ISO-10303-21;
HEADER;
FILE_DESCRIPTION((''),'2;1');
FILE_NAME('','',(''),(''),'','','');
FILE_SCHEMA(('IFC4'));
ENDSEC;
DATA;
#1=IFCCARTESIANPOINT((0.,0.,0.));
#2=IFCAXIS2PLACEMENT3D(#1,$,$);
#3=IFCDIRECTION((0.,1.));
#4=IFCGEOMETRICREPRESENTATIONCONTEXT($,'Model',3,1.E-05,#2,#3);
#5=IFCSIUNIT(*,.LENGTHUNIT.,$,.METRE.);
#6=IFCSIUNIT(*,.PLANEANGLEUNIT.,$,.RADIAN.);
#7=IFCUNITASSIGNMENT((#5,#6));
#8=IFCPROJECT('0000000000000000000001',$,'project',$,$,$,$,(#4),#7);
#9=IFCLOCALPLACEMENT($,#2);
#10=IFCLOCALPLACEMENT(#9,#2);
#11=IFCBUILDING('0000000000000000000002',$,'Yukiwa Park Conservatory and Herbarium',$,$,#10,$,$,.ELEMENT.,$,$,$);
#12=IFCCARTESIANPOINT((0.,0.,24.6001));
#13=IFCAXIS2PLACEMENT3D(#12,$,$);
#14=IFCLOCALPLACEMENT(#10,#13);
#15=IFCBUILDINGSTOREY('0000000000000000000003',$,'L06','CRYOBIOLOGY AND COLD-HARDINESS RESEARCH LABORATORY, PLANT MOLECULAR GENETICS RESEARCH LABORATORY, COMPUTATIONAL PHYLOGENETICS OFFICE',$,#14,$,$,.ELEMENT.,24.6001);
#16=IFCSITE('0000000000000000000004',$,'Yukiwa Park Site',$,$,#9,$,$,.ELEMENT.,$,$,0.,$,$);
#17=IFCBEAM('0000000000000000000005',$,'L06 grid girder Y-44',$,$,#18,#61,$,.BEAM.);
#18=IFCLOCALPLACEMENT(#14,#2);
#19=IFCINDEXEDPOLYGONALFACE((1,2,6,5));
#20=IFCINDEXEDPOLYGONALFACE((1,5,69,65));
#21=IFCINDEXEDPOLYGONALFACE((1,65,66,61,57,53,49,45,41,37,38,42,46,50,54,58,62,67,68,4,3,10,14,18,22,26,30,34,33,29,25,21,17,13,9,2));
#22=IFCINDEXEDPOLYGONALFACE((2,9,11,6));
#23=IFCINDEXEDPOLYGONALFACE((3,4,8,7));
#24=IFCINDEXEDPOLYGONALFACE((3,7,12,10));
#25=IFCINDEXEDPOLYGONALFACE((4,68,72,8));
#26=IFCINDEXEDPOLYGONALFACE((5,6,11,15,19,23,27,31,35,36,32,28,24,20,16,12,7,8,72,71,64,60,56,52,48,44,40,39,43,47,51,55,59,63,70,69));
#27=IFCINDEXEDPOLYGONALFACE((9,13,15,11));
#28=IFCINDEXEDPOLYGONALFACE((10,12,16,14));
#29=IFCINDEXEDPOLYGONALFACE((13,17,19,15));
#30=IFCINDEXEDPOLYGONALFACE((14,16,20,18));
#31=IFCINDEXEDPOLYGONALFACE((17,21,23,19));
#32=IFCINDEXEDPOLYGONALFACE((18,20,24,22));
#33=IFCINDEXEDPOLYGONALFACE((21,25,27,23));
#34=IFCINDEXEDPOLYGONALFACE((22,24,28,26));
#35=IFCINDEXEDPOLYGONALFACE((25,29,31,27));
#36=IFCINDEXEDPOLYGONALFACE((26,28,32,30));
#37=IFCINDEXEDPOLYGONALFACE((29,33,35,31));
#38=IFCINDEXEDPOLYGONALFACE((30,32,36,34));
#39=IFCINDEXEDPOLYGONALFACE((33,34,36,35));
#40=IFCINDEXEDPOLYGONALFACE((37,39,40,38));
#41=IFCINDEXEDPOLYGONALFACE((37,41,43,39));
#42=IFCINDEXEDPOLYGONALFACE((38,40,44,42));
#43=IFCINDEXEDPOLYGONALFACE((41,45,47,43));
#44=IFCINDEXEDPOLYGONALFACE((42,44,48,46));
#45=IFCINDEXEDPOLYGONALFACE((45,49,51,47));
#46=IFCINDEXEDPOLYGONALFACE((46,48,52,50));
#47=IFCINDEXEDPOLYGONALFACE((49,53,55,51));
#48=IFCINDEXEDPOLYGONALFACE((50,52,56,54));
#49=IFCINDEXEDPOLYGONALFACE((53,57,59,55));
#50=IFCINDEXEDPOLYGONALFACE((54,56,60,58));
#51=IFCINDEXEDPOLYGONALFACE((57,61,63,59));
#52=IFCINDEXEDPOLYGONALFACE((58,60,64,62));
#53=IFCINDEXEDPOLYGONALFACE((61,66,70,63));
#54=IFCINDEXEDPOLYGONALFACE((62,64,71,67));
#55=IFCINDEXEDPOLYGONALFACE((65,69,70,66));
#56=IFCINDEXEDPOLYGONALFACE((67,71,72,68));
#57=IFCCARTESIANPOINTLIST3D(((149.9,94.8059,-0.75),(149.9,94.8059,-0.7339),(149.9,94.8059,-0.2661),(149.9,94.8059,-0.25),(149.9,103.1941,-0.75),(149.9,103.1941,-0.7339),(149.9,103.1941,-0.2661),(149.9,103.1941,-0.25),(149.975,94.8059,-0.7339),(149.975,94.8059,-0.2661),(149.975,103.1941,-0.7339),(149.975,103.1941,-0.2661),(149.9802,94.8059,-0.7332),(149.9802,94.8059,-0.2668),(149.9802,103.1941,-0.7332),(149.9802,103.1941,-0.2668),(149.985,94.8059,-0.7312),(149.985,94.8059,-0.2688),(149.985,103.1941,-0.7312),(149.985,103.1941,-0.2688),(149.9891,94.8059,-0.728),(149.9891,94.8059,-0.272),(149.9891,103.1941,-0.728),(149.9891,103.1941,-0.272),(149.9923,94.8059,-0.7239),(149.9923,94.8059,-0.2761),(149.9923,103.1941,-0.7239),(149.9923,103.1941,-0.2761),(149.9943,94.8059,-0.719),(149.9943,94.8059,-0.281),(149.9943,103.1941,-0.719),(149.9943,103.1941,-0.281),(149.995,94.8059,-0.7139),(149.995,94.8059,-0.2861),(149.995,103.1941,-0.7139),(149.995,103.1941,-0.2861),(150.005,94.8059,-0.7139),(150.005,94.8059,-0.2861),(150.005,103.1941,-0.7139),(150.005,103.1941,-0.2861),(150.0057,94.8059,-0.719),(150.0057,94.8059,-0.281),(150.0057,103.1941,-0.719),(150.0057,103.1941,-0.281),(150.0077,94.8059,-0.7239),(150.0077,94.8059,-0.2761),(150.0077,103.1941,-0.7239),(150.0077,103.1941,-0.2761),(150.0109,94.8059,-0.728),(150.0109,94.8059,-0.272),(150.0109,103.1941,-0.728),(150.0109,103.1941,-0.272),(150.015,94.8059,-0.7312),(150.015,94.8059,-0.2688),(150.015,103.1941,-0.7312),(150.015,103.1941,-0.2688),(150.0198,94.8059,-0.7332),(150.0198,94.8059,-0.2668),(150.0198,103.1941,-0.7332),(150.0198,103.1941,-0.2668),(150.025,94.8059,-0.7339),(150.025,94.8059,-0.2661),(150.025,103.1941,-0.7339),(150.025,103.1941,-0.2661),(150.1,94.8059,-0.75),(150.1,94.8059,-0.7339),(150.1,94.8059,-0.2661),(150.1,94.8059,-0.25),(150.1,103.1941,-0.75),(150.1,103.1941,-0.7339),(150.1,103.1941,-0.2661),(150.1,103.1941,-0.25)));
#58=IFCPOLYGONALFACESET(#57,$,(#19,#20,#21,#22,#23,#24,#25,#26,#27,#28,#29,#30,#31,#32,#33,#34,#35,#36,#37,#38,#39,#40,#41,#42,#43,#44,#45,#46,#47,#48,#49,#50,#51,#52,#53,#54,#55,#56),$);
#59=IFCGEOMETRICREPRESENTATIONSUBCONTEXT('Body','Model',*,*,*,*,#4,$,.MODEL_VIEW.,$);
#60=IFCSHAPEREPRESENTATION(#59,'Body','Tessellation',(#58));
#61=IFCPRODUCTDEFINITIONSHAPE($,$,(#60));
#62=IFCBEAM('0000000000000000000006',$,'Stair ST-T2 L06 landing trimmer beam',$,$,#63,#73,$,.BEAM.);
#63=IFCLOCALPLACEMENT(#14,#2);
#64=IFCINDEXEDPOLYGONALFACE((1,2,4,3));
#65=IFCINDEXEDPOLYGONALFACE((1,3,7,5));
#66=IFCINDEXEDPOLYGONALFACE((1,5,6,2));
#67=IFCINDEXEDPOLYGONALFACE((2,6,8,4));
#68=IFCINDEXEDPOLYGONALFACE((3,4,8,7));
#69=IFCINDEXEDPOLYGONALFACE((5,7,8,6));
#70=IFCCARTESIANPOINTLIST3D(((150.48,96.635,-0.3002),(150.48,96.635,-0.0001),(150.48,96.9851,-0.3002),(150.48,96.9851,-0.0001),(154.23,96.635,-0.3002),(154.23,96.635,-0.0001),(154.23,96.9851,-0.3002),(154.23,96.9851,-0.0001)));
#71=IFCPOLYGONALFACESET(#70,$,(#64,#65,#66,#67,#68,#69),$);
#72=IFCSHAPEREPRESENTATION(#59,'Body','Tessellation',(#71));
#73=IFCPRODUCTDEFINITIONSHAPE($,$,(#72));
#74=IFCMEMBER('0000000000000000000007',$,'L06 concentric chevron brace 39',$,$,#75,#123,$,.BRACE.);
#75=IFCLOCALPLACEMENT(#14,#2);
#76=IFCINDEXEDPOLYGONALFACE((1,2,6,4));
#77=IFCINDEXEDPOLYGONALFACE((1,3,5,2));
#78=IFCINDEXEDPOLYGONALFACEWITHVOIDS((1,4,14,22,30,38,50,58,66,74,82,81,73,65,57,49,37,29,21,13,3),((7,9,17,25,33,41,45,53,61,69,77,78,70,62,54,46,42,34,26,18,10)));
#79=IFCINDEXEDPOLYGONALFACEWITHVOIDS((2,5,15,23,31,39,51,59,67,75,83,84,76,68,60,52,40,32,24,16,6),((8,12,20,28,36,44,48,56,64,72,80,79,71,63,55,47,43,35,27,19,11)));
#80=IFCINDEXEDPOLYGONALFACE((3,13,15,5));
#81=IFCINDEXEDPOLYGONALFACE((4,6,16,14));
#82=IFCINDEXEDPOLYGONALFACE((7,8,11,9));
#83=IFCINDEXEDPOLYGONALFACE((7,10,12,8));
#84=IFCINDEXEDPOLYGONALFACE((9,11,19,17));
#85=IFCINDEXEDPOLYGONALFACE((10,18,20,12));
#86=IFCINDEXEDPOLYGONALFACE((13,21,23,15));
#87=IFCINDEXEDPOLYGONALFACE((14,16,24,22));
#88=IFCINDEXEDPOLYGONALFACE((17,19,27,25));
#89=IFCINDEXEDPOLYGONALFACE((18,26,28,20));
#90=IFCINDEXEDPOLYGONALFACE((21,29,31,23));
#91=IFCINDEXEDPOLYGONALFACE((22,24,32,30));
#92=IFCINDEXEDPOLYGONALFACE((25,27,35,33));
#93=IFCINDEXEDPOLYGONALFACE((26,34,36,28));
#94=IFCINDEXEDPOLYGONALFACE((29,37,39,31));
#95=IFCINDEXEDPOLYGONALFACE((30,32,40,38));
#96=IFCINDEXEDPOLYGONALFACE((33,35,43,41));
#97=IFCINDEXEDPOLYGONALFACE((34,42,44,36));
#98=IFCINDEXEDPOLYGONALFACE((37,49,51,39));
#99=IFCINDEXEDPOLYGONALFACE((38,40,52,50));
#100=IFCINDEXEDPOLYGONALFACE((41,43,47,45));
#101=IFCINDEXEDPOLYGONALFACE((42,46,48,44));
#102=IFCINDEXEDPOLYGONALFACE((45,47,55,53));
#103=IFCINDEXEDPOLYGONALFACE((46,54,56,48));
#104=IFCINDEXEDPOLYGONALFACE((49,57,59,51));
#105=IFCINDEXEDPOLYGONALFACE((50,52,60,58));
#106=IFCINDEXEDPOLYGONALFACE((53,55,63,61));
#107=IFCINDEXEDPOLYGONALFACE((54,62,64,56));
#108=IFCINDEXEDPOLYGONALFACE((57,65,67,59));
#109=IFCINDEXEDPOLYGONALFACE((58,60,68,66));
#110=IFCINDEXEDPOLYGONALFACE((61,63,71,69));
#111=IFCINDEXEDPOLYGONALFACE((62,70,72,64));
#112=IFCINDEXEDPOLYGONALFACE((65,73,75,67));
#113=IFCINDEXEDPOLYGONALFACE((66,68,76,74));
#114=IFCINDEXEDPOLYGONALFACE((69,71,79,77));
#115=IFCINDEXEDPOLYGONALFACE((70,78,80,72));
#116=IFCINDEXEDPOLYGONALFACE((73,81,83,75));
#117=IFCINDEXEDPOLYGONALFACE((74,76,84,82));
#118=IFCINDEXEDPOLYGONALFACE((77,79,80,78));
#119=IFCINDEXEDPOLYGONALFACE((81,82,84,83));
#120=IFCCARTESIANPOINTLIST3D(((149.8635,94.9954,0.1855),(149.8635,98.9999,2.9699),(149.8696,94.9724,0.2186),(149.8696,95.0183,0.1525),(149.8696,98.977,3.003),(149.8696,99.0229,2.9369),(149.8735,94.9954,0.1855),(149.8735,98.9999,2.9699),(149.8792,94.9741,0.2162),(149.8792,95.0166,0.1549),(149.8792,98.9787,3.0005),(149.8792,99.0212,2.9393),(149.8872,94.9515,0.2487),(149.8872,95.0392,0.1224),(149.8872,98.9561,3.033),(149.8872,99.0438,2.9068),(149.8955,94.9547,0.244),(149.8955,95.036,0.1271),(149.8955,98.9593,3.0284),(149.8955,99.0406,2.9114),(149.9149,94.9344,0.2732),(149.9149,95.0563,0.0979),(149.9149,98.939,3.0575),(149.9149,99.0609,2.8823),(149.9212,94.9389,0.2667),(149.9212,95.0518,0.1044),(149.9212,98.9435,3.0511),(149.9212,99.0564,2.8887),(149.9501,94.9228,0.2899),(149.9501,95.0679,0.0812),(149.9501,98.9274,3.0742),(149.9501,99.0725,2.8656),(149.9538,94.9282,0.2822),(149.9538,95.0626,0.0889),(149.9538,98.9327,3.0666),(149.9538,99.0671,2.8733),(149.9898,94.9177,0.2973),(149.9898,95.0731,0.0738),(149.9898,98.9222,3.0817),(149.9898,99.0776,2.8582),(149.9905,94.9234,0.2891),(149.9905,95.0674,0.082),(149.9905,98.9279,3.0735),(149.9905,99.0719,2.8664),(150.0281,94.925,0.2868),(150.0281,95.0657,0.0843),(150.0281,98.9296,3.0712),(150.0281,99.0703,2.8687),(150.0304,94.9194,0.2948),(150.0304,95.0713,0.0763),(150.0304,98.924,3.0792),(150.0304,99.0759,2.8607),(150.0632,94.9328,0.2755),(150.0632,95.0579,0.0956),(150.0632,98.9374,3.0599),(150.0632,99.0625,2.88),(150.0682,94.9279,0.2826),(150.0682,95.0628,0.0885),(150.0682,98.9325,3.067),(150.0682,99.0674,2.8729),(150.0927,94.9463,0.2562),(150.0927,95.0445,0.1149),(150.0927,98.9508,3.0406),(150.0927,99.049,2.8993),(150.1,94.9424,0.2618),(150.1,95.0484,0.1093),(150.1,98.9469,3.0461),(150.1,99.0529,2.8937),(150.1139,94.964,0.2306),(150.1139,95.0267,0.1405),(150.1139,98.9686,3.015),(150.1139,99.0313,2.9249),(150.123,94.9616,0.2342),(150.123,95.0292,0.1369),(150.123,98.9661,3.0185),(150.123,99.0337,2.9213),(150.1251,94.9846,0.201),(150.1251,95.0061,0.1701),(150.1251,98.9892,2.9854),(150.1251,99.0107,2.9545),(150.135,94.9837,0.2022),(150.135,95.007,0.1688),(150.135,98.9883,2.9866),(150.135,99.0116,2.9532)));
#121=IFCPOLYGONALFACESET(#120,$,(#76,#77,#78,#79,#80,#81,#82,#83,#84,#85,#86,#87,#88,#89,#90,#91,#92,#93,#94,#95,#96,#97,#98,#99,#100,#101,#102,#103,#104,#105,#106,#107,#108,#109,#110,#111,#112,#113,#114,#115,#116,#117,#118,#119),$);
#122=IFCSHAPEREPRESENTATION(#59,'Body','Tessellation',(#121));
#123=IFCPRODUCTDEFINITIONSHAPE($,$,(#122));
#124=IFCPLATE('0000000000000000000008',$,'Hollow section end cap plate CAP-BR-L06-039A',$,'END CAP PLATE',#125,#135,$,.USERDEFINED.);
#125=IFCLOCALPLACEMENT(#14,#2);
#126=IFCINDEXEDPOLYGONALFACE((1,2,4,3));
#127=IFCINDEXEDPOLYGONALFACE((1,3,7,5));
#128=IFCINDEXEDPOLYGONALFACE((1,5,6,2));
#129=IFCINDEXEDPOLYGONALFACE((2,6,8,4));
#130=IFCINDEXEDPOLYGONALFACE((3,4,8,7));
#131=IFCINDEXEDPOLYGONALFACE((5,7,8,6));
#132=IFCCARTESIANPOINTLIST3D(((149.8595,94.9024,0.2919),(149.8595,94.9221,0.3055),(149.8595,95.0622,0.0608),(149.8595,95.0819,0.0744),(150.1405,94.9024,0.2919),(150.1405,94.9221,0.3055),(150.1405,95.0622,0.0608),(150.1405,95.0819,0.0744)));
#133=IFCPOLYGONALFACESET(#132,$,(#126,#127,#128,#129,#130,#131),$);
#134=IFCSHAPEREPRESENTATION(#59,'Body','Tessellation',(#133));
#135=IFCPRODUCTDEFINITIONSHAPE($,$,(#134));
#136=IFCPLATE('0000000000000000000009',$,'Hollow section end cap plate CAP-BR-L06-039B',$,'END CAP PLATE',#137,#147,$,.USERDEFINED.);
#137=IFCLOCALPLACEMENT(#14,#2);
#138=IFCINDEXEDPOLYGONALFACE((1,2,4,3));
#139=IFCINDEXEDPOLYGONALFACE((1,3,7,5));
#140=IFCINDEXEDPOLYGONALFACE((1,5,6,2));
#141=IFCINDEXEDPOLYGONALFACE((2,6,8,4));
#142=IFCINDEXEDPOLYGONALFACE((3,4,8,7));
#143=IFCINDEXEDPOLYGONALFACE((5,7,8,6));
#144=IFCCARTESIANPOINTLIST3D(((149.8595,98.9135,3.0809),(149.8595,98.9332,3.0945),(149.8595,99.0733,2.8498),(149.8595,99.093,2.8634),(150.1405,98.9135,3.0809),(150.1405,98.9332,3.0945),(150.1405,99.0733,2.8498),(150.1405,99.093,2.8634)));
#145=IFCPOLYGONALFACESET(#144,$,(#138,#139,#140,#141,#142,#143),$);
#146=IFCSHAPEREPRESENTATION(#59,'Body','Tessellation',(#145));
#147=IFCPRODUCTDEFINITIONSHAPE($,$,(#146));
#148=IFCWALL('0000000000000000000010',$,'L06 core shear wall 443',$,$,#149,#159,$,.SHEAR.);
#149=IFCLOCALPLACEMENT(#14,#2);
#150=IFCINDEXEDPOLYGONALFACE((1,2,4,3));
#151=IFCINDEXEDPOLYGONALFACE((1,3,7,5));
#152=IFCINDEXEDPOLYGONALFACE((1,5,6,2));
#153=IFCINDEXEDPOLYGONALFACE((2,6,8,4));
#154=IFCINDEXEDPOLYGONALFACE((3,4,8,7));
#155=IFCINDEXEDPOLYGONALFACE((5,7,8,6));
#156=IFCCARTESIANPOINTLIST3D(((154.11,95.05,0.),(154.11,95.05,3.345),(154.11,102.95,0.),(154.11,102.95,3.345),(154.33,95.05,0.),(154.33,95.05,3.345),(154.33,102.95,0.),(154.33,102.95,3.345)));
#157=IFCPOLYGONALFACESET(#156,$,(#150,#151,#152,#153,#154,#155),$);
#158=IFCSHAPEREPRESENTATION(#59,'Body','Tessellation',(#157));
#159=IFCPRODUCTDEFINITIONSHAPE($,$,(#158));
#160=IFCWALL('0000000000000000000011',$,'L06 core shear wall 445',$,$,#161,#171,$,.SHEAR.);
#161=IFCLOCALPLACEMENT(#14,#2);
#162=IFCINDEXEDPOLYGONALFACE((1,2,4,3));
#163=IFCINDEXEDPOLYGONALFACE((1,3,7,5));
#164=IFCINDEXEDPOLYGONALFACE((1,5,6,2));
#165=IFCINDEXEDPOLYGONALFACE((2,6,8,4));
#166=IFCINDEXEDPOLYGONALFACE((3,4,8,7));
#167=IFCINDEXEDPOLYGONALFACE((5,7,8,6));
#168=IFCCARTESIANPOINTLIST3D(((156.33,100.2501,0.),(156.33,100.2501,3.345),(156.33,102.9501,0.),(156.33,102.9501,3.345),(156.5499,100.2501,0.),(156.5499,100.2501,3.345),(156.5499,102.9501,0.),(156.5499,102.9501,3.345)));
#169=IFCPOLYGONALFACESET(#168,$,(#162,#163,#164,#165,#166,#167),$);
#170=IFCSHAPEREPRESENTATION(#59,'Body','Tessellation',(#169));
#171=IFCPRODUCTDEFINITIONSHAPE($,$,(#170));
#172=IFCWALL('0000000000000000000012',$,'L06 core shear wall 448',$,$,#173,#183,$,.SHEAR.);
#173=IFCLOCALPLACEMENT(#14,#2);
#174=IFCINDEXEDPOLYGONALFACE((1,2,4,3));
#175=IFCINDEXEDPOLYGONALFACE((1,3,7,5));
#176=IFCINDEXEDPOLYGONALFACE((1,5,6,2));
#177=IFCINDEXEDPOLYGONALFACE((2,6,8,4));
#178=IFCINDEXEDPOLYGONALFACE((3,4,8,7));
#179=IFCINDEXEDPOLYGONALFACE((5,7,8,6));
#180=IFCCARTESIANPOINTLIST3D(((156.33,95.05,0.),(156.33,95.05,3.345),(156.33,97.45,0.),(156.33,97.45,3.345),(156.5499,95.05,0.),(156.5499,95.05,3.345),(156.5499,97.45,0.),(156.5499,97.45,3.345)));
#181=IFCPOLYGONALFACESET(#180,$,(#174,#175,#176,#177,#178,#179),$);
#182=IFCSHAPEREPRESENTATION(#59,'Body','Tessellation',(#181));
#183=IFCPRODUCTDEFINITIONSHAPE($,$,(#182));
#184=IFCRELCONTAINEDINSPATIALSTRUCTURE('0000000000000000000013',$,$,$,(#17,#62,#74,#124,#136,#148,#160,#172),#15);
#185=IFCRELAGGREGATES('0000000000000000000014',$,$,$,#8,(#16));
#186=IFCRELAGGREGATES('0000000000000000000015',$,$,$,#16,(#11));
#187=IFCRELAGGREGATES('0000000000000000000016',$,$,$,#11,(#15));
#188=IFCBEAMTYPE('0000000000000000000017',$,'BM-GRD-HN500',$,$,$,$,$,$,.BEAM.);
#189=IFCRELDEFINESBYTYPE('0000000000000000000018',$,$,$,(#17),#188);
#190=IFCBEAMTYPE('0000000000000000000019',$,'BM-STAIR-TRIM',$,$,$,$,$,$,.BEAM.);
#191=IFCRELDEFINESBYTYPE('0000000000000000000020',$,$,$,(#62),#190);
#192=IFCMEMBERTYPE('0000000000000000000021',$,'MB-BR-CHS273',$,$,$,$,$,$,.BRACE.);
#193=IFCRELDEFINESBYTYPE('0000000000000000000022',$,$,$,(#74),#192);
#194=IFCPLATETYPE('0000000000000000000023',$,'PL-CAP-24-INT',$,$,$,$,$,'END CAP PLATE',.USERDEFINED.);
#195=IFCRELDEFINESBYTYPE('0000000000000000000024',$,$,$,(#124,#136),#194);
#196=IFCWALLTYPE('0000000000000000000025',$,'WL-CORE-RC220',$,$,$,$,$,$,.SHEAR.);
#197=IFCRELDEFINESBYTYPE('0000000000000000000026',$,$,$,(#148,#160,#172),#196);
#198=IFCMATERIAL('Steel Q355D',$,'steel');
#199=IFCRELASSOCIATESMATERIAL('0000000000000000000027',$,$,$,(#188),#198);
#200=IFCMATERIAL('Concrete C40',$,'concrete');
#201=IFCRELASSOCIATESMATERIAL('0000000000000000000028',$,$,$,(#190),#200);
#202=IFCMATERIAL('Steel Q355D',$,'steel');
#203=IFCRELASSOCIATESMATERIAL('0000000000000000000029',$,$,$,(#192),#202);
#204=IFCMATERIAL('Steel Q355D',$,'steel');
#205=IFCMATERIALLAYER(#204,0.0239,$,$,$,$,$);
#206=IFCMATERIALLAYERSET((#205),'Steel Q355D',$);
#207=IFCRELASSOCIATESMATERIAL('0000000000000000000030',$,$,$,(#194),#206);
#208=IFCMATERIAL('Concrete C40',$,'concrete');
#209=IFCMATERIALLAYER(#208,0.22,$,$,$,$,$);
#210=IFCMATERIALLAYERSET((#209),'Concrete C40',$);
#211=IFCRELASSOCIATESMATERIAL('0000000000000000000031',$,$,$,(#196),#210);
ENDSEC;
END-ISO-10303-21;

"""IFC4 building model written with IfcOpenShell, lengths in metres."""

from ifc_helpers import new_model, si_unit, direction, frame, frame_2d, origin, origin_2d, place, context, subcontext, project, spatial, rectangle, hollow_circle, i_section, extrude, material, layer, layer_set, material_profile, profile_set, type_object, element, save


model = new_model("IFC4")

# Units and contexts
model_context = context("Model", 3, precision=1e-05, world=origin(), true_north=direction((0.0, 1.0)))
body_context = subcontext(model_context, "Body", "Model", "MODEL_VIEW")
ifc_project = project(units=[si_unit("LENGTHUNIT", "METRE"), si_unit("PLANEANGLEUNIT", "RADIAN")], contexts=[model_context])

# Site, building, storey
site_placement = place(None, origin())
site = spatial("IfcSite", under=ifc_project, at=site_placement, Name="Yukiwa Park Site", CompositionType="ELEMENT", RefElevation=0.0)
building_placement = place(site_placement, origin())
building = spatial("IfcBuilding", under=site, at=building_placement, Name="Yukiwa Park Conservatory and Herbarium", CompositionType="ELEMENT")
storey_placement = place(building_placement, frame((0.0, 0.0, 24.6001)))
storey = spatial("IfcBuildingStorey", under=building, at=storey_placement, Name="L06", Description="CRYOBIOLOGY AND COLD-HARDINESS RESEARCH LABORATORY, PLANT MOLECULAR GENETICS RESEARCH LABORATORY, COMPUTATIONAL PHYLOGENETICS OFFICE", CompositionType="ELEMENT", Elevation=24.6001)

# Beams
ifc_material_1 = material(Name="Steel Q355D", Category="steel")
ifc_material_profile_1 = material_profile(ifc_material_1, i_section(OverallWidth=0.2, OverallDepth=0.5, WebThickness=0.01, FlangeThickness=0.0161, FilletRadius=0.02, at=origin_2d()), Name="HN 500x200x10x16")
ifc_profile_set_1 = profile_set([ifc_material_profile_1], Name="Steel Q355D")
beam_type_1 = type_object("IfcBeamType", Name="BM-GRD-HN500", PredefinedType="BEAM", material=ifc_profile_set_1)
beam_1_placement = place(storey_placement, frame((150.0, 94.8059, -0.5), z_axis=(0.0, 1.0, 0.0), x_axis=(-1.0, 0.0, 0.0)))
element("IfcBeam", 1, at=beam_1_placement, inside=storey, type_object=beam_type_1, Name="L06 grid girder Y-44", PredefinedType="BEAM", context=body_context, shape_type="SweptSolid", body=[
    extrude(i_section(OverallWidth=0.2, OverallDepth=0.5, WebThickness=0.01, FlangeThickness=0.0161, FilletRadius=0.02, at=origin_2d()), origin(), (0.0, 0.0, 1.0), 8.3882),
])
ifc_material_2 = material(Name="Concrete C40", Category="concrete")
ifc_material_profile_2 = material_profile(ifc_material_2, rectangle(XDim=0.3501, YDim=0.3, at=origin_2d()), Name="RC 350x300")
ifc_profile_set_2 = profile_set([ifc_material_profile_2], Name="Concrete C40")
beam_type_2 = type_object("IfcBeamType", Name="BM-STAIR-TRIM", PredefinedType="BEAM", material=ifc_profile_set_2)
beam_2_placement = place(storey_placement, frame((150.48, 96.8101, -0.1501), z_axis=(1.0, 0.0, 0.0), x_axis=(0.0, 1.0, 0.0)))
element("IfcBeam", 2, at=beam_2_placement, inside=storey, type_object=beam_type_2, Name="Stair ST-T2 L06 landing trimmer beam", PredefinedType="BEAM", context=body_context, shape_type="SweptSolid", body=[
    extrude(rectangle(XDim=0.3501, YDim=0.3, at=origin_2d()), origin(), (0.0, 0.0, 1.0), 3.75),
])

# Member
ifc_material_3 = material(Name="Steel Q355D", Category="steel")
ifc_material_profile_3 = material_profile(ifc_material_3, hollow_circle(Radius=0.1365, WallThickness=0.01, at=origin_2d()), Name="CHS 273x10")
ifc_profile_set_3 = profile_set([ifc_material_profile_3], Name="Steel Q355D")
member_type = type_object("IfcMemberType", Name="MB-BR-CHS273", PredefinedType="BRACE", material=ifc_profile_set_3)
member_placement = place(storey_placement, frame((150.0, 94.9954, 0.1855), z_axis=(0.0, 0.821041, 0.570869), x_axis=(-1.0, 0.0, 0.0)))
element("IfcMember", 3, at=member_placement, inside=storey, type_object=member_type, Name="L06 concentric chevron brace 39", PredefinedType="BRACE", context=body_context, shape_type="SweptSolid", body=[
    extrude(hollow_circle(Radius=0.1365, WallThickness=0.01, at=origin_2d()), origin(), (0.0, 0.0, 1.0), 4.8774),
])

# Plates
ifc_material_4 = material(Name="Steel Q355D", Category="steel")
ifc_layer_1 = layer(ifc_material_4, 0.0239)
ifc_layer_set_1 = layer_set([ifc_layer_1], Name="Steel Q355D")
plate_type = type_object("IfcPlateType", Name="PL-CAP-24-INT", ElementType="END CAP PLATE", PredefinedType="USERDEFINED", material=ifc_layer_set_1)
for number, where, z_axis, x_axis, name in (
    (4, (150.0, 95.002, 0.1899), (0.0, -0.822558, -0.568682), (1.0, 0.0, 0.0), "Hollow section end cap plate CAP-BR-L06-039A"),
    (5, (150.0, 98.9934, 2.9653), (0.0, 0.822558, 0.568682), (-1.0, 0.0, 0.0), "Hollow section end cap plate CAP-BR-L06-039B"),
):
    element("IfcPlate", number, at=place(storey_placement, frame(where, z_axis=z_axis, x_axis=x_axis)), inside=storey, type_object=plate_type, Name=name, ObjectType="END CAP PLATE", PredefinedType="USERDEFINED", context=body_context, shape_type="SweptSolid", body=[
        extrude(rectangle(XDim=0.281, YDim=0.281, at=origin_2d()), origin(), (0.0, 0.0, 1.0), 0.0239),
    ])

# Walls
ifc_material_5 = material(Name="Concrete C40", Category="concrete")
ifc_layer_2 = layer(ifc_material_5, 0.22)
ifc_layer_set_2 = layer_set([ifc_layer_2], Name="Concrete C40")
wall_type_1 = type_object("IfcWallType", Name="WL-CORE-RC220", PredefinedType="SHEAR", material=ifc_layer_set_2)
wall_1_placement = place(storey_placement, frame((154.22, 95.05, 0.0), z_axis=(0.0, 0.0, 1.0), x_axis=(0.0, 1.0, 0.0)))
element("IfcWall", 6, at=wall_1_placement, inside=storey, type_object=wall_type_1, Name="L06 core shear wall 443", PredefinedType="SHEAR", context=body_context, shape_type="SweptSolid", body=[
    extrude(rectangle(XDim=7.8999, YDim=0.22, at=frame_2d((3.95, 0.0))), origin(), (0.0, 0.0, 1.0), 3.345),
])
wall_2_placement = place(storey_placement, frame((156.4399, 100.25, 0.0), z_axis=(0.0, 0.0, 1.0), x_axis=(0.0, 1.0, 0.0)))
element("IfcWall", 7, at=wall_2_placement, inside=storey, type_object=wall_type_1, Name="L06 core shear wall 445", PredefinedType="SHEAR", context=body_context, shape_type="SweptSolid", body=[
    extrude(rectangle(XDim=2.7, YDim=0.22, at=frame_2d((1.3501, 0.0))), origin(), (0.0, 0.0, 1.0), 3.345),
])

# Wall
wall_3_placement = place(storey_placement, frame((156.4399, 95.05, 0.0), z_axis=(0.0, 0.0, 1.0), x_axis=(0.0, 1.0, 0.0)))
element("IfcWall", 8, at=wall_3_placement, inside=storey, type_object=wall_type_1, Name="L06 core shear wall 448", PredefinedType="SHEAR", context=body_context, shape_type="SweptSolid", body=[
    extrude(rectangle(XDim=2.3999, YDim=0.22, at=frame_2d((1.2, 0.0))), origin(), (0.0, 0.0, 1.0), 3.345),
])

save(model, "model.ifc")
